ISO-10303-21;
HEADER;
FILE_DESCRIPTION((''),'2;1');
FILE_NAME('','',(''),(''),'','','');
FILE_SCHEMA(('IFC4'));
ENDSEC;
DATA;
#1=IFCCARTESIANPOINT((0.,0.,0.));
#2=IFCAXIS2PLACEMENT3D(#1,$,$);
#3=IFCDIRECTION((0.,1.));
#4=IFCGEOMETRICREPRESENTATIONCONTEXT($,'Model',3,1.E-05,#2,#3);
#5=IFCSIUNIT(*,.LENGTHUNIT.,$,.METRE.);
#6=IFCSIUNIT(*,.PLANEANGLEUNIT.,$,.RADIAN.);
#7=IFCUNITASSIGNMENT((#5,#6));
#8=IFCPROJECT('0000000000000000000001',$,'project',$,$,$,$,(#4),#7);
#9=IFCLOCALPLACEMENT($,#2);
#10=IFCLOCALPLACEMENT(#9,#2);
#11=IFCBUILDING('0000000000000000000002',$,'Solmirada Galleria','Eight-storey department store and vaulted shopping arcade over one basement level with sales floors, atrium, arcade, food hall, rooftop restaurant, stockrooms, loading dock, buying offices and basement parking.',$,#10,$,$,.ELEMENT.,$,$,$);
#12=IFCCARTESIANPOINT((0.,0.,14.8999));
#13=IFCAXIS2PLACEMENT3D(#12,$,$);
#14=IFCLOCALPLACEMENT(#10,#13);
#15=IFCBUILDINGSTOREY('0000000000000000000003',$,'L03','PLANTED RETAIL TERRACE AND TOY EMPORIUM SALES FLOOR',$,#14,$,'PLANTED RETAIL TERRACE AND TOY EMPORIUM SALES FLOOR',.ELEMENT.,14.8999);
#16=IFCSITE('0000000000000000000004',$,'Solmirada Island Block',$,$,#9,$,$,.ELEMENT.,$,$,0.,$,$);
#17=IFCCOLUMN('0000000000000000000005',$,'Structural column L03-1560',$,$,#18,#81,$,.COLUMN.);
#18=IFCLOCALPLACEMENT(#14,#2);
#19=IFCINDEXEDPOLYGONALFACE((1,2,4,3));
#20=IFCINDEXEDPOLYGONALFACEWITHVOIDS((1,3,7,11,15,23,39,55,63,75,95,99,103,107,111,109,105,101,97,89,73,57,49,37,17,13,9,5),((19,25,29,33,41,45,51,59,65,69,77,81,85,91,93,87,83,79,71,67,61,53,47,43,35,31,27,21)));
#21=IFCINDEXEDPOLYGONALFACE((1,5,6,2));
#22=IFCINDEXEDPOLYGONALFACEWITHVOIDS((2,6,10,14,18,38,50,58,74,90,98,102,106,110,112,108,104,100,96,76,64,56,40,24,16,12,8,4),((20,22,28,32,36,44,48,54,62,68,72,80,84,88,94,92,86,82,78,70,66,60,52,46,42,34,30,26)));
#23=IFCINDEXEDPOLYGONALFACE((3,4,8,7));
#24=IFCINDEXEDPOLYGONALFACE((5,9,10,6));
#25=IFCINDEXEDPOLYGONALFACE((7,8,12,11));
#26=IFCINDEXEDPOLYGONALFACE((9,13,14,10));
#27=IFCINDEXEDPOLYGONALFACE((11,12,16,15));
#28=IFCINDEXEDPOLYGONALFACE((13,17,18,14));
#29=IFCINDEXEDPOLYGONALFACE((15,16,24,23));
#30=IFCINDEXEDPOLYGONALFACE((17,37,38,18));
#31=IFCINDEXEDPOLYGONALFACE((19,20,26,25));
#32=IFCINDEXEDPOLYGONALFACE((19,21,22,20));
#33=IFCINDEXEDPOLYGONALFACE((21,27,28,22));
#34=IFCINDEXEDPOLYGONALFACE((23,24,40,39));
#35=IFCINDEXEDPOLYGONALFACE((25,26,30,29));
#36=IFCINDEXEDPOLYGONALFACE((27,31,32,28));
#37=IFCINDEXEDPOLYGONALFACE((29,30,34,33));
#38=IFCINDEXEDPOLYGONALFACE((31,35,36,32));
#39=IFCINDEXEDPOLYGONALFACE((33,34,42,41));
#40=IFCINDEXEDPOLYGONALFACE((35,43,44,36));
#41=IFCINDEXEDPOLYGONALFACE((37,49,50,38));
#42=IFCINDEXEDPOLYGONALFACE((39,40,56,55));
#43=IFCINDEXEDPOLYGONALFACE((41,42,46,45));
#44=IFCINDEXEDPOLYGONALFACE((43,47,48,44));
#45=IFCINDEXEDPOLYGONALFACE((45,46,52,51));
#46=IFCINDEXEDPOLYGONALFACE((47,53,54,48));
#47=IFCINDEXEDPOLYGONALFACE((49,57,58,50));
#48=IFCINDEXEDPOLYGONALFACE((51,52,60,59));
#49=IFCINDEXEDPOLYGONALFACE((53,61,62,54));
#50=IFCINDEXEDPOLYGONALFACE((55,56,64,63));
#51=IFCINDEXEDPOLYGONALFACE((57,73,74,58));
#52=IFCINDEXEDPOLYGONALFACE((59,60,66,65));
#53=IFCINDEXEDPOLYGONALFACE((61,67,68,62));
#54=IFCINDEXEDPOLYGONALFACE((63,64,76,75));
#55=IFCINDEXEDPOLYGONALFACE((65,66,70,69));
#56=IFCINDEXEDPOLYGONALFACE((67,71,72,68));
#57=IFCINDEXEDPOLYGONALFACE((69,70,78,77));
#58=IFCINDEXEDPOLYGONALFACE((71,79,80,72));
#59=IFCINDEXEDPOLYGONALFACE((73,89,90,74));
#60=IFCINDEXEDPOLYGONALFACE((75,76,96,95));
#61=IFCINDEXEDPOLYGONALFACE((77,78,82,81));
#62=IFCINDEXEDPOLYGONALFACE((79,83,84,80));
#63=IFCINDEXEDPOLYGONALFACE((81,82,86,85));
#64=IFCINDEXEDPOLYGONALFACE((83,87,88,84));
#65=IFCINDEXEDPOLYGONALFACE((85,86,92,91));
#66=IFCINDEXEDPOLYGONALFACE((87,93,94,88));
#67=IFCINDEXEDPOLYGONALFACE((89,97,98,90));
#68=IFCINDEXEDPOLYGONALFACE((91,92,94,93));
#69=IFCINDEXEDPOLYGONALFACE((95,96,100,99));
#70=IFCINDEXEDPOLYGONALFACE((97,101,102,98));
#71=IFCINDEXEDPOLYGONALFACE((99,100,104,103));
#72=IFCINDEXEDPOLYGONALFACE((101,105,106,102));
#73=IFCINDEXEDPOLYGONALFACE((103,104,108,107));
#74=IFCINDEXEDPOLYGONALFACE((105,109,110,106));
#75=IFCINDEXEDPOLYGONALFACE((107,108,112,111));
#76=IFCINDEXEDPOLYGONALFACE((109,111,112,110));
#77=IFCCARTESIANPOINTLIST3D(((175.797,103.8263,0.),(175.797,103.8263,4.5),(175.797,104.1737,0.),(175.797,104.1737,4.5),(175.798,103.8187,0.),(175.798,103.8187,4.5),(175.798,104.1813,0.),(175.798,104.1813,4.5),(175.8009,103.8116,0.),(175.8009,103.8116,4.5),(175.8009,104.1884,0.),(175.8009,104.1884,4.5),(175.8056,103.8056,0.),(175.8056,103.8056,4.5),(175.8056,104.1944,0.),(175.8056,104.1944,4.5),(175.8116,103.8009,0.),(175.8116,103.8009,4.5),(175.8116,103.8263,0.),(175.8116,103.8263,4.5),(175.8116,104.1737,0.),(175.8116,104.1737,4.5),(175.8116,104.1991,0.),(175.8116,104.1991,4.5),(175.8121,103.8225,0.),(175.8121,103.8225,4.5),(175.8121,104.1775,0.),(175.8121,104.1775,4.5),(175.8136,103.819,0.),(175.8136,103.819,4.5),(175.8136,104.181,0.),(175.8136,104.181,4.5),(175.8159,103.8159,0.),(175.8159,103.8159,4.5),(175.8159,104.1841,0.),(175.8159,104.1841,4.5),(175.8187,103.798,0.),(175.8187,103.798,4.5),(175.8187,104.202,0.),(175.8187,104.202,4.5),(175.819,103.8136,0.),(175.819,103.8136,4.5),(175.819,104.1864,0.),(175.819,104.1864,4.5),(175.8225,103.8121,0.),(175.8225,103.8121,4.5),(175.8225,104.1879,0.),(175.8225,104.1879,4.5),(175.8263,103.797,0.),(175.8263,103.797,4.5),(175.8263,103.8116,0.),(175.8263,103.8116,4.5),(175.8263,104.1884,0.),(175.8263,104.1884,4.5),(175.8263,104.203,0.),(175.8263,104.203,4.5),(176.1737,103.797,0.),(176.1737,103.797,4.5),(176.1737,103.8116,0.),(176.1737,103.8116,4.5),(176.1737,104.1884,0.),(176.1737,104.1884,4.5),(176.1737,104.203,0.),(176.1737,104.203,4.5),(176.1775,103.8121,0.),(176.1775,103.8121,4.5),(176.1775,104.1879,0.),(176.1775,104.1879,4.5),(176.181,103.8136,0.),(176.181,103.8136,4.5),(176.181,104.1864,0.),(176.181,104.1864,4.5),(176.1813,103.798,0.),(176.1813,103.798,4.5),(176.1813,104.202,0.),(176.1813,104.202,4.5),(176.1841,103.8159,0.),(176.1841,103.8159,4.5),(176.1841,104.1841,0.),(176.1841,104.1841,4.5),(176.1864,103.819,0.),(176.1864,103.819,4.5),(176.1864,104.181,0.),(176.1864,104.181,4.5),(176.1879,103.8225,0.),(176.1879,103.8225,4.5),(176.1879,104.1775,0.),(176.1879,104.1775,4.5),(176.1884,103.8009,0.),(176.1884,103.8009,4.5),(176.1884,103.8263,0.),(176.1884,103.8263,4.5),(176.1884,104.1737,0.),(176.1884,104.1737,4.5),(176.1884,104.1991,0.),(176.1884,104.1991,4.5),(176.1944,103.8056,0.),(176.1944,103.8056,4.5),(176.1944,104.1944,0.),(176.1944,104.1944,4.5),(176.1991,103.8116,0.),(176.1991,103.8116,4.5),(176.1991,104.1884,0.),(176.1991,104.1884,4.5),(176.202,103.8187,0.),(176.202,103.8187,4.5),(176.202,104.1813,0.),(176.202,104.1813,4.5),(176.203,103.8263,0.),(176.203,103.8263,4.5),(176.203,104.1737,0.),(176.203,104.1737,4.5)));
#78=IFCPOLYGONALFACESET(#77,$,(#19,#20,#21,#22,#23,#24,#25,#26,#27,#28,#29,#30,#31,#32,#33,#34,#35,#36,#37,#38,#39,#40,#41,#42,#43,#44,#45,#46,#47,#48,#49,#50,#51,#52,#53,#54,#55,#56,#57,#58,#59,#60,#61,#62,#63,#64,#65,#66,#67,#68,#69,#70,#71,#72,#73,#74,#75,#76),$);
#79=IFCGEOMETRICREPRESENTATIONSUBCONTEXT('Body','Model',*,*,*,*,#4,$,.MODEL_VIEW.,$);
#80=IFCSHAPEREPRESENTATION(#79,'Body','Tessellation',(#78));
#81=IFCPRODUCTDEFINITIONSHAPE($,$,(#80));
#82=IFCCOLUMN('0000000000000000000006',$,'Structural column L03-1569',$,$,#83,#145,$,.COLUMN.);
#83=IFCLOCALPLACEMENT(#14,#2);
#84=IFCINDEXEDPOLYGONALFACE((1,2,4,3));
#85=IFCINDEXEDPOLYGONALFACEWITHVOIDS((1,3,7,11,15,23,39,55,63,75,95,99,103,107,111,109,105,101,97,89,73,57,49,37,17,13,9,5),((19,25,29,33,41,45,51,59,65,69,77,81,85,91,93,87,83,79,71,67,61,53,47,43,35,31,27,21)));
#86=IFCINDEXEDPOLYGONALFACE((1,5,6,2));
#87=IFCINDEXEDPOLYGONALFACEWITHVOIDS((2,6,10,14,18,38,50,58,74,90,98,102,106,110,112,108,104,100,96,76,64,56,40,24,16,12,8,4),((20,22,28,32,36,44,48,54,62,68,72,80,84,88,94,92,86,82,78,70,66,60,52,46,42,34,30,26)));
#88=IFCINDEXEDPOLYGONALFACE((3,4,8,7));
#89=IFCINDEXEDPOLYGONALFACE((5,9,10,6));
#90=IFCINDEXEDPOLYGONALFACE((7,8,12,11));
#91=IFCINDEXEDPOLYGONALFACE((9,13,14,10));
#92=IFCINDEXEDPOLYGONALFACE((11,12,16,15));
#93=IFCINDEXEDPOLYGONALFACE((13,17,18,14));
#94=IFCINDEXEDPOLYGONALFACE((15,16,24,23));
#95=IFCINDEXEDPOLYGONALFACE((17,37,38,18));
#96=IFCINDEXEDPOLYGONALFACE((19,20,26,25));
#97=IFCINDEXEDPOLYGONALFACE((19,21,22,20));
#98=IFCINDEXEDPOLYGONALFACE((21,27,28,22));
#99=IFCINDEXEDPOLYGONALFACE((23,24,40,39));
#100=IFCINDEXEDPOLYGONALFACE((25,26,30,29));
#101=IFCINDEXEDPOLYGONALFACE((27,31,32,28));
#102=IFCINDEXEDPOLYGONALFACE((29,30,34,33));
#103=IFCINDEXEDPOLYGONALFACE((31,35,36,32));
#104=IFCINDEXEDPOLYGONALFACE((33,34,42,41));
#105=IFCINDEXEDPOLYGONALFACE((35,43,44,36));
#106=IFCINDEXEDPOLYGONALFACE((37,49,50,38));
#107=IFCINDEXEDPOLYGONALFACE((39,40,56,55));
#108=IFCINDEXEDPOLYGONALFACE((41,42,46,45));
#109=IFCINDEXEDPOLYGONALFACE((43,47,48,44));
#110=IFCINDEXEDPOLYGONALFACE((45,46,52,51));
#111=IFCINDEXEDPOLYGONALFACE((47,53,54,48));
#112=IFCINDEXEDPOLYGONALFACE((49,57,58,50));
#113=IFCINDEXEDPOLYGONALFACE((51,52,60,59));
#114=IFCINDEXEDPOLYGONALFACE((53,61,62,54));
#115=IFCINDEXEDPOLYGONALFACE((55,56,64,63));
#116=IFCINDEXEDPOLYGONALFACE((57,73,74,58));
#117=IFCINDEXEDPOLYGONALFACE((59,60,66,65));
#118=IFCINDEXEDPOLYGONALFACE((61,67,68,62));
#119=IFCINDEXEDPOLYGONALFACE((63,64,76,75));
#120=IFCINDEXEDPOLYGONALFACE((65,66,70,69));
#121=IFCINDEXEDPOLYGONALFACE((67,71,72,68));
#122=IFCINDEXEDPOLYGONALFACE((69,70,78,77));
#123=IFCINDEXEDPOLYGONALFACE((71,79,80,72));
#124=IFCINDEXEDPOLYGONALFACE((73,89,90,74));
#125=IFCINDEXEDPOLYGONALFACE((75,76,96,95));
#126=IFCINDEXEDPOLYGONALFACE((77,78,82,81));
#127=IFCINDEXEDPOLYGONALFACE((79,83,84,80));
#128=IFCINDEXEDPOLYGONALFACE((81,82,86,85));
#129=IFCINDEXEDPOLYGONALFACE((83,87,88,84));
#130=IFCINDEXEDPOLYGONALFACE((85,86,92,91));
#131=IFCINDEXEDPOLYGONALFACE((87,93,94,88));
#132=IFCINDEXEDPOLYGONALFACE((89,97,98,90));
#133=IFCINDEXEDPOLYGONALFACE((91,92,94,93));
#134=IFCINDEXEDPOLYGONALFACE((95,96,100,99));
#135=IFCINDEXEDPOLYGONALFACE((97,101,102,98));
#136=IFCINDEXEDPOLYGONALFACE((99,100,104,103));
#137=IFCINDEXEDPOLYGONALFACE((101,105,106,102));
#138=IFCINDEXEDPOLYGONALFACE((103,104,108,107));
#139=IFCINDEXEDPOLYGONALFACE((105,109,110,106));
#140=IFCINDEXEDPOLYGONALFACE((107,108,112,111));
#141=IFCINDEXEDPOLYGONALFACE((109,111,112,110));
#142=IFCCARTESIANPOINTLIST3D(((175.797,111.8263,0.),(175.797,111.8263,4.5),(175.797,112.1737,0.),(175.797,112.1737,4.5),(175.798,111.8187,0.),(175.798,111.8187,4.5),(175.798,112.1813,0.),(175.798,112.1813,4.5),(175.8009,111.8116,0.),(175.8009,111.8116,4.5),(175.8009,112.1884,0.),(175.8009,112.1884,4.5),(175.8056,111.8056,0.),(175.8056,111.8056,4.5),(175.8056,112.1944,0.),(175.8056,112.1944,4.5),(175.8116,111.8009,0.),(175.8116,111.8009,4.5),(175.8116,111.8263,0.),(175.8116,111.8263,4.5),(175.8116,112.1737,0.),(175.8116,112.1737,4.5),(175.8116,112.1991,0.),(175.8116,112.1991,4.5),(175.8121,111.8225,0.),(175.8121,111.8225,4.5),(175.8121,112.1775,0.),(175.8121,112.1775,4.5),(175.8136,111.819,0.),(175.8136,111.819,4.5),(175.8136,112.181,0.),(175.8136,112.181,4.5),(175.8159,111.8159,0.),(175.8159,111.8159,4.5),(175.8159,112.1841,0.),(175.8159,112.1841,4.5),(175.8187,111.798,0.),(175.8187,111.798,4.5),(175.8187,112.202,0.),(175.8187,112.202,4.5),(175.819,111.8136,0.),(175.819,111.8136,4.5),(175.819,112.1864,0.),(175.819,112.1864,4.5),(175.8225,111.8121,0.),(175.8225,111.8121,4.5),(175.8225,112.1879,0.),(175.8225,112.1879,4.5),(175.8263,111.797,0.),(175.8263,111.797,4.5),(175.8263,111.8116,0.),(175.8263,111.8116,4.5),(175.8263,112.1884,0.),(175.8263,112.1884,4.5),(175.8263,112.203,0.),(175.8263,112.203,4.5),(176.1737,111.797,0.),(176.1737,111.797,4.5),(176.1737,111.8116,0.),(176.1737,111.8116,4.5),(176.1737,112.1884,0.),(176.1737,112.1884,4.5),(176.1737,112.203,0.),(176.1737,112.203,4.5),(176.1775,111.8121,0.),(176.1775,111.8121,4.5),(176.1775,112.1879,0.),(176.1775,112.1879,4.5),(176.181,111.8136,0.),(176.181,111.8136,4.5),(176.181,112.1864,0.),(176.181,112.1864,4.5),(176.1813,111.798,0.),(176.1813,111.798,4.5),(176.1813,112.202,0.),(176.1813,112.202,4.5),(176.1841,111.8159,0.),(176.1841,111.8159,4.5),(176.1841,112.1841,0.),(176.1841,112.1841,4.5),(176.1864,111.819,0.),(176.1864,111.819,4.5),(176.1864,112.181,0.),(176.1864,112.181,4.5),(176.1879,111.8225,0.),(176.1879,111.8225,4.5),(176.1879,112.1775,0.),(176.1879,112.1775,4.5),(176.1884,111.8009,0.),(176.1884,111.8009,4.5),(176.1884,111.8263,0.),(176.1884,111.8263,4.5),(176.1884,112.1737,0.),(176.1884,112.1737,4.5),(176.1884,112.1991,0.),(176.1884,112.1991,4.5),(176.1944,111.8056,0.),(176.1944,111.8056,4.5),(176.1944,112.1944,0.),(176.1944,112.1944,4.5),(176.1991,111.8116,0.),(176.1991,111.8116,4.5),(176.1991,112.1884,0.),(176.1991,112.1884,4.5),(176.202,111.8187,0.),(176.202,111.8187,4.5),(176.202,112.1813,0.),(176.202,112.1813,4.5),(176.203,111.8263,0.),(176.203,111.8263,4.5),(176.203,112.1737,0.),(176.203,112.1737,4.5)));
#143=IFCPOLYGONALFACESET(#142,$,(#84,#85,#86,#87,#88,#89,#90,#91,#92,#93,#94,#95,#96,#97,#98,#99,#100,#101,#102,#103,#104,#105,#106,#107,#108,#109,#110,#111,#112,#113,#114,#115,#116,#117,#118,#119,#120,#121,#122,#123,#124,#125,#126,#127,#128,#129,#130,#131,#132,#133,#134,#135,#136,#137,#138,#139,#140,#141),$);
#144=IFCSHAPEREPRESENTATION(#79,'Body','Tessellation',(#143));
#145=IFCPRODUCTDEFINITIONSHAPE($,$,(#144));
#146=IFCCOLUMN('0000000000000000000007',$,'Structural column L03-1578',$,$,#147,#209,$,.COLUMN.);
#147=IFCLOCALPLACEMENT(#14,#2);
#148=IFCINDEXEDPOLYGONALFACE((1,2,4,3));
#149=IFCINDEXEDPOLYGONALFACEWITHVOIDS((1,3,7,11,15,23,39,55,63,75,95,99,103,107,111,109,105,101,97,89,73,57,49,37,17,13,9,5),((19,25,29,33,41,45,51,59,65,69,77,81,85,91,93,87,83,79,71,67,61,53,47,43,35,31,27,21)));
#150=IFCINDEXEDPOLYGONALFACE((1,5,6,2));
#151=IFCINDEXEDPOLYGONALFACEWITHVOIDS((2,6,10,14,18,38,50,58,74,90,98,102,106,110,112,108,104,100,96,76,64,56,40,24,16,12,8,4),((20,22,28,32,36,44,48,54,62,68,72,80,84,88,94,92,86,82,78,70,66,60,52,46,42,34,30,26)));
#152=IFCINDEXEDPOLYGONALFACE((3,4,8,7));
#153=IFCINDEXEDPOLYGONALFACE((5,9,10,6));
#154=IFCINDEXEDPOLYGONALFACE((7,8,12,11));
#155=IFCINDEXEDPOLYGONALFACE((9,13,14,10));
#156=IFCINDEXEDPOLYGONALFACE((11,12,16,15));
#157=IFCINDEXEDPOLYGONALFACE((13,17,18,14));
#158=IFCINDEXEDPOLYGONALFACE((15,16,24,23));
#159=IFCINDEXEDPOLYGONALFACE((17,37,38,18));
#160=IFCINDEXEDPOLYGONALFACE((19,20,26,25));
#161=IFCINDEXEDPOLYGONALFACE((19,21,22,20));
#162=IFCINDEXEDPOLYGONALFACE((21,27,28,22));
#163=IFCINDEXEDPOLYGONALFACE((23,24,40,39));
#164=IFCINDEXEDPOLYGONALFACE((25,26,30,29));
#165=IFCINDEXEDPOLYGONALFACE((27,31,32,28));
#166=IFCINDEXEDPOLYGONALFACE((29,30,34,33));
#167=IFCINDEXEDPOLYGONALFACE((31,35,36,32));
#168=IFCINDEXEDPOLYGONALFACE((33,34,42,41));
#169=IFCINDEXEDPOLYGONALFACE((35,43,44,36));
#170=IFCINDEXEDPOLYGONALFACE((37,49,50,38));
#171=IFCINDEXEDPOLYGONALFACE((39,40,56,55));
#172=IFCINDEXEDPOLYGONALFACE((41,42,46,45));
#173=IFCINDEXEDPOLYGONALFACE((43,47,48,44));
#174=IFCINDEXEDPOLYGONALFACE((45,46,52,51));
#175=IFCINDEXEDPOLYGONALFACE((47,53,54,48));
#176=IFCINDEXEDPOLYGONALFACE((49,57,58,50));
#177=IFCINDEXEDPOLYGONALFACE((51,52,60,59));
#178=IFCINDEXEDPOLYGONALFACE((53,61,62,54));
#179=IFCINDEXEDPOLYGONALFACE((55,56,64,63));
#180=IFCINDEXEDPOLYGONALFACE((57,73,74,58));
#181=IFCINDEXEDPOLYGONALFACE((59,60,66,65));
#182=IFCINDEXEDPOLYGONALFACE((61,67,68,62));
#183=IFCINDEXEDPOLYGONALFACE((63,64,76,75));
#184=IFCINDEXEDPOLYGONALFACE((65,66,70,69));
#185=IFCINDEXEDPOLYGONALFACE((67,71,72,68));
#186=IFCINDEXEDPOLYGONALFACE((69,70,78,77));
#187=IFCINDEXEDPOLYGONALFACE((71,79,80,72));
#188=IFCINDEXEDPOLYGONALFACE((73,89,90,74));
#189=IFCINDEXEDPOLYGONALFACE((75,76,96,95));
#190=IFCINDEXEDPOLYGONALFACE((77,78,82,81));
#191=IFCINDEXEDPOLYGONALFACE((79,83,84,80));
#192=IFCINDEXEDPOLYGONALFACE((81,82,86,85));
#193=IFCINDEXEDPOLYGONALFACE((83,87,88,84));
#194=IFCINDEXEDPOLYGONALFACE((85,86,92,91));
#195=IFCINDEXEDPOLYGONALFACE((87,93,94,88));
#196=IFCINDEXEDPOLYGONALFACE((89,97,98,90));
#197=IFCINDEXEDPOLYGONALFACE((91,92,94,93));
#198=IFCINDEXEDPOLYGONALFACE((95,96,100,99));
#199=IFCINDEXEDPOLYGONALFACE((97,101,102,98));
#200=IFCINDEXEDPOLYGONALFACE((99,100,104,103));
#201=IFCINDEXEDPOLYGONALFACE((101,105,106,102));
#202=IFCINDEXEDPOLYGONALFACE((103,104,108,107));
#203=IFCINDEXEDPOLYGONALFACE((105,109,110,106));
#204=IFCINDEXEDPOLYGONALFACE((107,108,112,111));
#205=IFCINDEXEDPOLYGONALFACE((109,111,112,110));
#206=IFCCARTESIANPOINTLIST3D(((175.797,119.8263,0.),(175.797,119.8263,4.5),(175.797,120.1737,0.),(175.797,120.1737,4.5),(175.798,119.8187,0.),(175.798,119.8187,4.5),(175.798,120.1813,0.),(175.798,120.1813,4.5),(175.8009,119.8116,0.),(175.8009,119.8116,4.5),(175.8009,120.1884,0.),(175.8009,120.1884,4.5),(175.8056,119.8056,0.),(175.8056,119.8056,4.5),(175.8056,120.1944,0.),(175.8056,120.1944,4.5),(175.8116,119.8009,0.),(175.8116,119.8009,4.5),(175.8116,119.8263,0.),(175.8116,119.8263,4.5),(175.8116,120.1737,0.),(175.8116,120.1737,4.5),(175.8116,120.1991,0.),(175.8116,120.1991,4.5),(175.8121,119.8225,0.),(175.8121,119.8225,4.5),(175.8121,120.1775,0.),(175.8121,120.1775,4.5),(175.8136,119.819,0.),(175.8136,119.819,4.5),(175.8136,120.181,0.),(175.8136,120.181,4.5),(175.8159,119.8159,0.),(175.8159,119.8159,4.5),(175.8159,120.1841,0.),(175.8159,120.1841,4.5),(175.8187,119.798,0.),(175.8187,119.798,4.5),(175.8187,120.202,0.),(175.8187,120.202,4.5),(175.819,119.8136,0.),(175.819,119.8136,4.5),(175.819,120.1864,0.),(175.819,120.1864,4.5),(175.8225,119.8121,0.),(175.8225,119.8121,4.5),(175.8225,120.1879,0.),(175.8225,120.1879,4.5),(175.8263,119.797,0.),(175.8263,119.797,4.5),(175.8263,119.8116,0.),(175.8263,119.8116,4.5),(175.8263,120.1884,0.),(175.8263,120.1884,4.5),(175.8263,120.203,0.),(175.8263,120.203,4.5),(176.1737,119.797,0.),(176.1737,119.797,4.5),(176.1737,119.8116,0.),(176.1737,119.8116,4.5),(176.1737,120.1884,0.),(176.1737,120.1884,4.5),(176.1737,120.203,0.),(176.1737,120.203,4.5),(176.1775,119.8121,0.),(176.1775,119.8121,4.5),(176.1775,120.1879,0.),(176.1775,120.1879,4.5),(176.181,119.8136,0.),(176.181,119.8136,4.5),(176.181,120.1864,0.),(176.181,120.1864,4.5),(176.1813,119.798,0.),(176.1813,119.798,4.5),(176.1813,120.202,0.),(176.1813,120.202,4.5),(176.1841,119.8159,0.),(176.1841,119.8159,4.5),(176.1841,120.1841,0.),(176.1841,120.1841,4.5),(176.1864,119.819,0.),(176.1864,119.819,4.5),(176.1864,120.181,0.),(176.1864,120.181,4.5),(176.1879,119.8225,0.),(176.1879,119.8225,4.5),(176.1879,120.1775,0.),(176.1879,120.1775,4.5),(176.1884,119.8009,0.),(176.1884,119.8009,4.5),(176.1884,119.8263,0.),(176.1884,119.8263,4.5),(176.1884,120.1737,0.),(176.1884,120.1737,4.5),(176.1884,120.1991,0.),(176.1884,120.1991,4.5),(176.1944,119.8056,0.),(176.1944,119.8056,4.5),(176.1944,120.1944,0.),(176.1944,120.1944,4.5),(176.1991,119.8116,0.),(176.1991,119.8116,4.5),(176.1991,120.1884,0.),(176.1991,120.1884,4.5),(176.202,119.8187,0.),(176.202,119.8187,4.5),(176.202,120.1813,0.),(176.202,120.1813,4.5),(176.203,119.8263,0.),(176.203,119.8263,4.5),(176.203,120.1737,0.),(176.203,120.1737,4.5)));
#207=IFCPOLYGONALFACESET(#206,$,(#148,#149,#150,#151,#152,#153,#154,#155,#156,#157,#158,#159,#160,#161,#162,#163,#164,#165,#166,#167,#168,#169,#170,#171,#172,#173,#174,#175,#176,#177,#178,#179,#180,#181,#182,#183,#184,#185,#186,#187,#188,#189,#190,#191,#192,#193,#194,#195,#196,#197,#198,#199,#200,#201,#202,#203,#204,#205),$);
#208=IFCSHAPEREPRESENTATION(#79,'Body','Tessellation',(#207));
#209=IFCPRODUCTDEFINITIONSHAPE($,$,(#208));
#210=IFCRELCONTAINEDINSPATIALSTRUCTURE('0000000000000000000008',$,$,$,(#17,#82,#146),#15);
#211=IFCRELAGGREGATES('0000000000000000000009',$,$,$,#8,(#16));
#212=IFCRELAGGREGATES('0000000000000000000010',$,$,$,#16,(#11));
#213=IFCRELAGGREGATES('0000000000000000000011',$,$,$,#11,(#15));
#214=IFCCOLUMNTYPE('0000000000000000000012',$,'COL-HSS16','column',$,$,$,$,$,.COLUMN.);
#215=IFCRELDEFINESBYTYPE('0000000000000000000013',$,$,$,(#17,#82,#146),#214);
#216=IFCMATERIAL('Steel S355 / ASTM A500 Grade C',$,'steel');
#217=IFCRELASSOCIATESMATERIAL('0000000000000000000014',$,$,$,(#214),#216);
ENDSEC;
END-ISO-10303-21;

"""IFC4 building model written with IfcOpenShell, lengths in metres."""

from ifc_helpers import new_model, si_unit, direction, frame, origin, origin_2d, place, context, subcontext, project, spatial, hollow_rectangle, extrude, material, material_profile, profile_set, type_object, element, save


model = new_model("IFC4")

# Units and contexts
model_context = context("Model", 3, precision=1e-05, world=origin(), true_north=direction((0.0, 1.0)))
body_context = subcontext(model_context, "Body", "Model", "MODEL_VIEW")
ifc_project = project(units=[si_unit("LENGTHUNIT", "METRE"), si_unit("PLANEANGLEUNIT", "RADIAN")], contexts=[model_context])

# Site, building, storey
site_placement = place(None, origin())
site = spatial("IfcSite", under=ifc_project, at=site_placement, Name="Solmirada Island Block", CompositionType="ELEMENT", RefElevation=0.0)
building_placement = place(site_placement, origin())
building = spatial("IfcBuilding", under=site, at=building_placement, Name="Solmirada Galleria", Description="Eight-storey department store and vaulted shopping arcade over one basement level with sales floors, atrium, arcade, food hall, rooftop restaurant, stockrooms, loading dock, buying offices and basement parking.", CompositionType="ELEMENT")
storey_placement = place(building_placement, frame((0.0, 0.0, 14.8999)))
storey = spatial("IfcBuildingStorey", under=building, at=storey_placement, Name="L03", Description="PLANTED RETAIL TERRACE AND TOY EMPORIUM SALES FLOOR", LongName="PLANTED RETAIL TERRACE AND TOY EMPORIUM SALES FLOOR", CompositionType="ELEMENT", Elevation=14.8999)

# Columns
ifc_material_1 = material(Name="Steel S355 / ASTM A500 Grade C", Category="steel")
ifc_material_profile_1 = material_profile(ifc_material_1, hollow_rectangle(XDim=0.406, YDim=0.406, WallThickness=0.0146, InnerFilletRadius=0.0146, OuterFilletRadius=0.0293, at=origin_2d()), Name="HSS16X16X5/8")
ifc_profile_set_1 = profile_set([ifc_material_profile_1], Name="Steel S355 / ASTM A500 Grade C")
column_type = type_object("IfcColumnType", Name="COL-HSS16", Description="column", PredefinedType="COLUMN", material=ifc_profile_set_1)
for number, where, z_axis, x_axis, name in (
    (1, (176.0, 104.0, 0.0), (0.0, 0.0, 1.0), (1.0, 0.0, 0.0), "Structural column L03-1560"),
    (2, (176.0, 112.0, 0.0), (0.0, 0.0, 1.0), (1.0, 0.0, 0.0), "Structural column L03-1569"),
    (3, (176.0, 120.0, 0.0), (0.0, 0.0, 1.0), (1.0, 0.0, 0.0), "Structural column L03-1578"),
):
    element("IfcColumn", number, at=place(storey_placement, frame(where, z_axis=z_axis, x_axis=x_axis)), inside=storey, type_object=column_type, Name=name, PredefinedType="COLUMN", context=body_context, shape_type="SweptSolid", body=[
        extrude(hollow_rectangle(XDim=0.406, YDim=0.406, WallThickness=0.0146, InnerFilletRadius=0.0146, OuterFilletRadius=0.0293, at=origin_2d()), origin(), (0.0, 0.0, 1.0), 4.5),
    ])

save(model, "model.ifc")
